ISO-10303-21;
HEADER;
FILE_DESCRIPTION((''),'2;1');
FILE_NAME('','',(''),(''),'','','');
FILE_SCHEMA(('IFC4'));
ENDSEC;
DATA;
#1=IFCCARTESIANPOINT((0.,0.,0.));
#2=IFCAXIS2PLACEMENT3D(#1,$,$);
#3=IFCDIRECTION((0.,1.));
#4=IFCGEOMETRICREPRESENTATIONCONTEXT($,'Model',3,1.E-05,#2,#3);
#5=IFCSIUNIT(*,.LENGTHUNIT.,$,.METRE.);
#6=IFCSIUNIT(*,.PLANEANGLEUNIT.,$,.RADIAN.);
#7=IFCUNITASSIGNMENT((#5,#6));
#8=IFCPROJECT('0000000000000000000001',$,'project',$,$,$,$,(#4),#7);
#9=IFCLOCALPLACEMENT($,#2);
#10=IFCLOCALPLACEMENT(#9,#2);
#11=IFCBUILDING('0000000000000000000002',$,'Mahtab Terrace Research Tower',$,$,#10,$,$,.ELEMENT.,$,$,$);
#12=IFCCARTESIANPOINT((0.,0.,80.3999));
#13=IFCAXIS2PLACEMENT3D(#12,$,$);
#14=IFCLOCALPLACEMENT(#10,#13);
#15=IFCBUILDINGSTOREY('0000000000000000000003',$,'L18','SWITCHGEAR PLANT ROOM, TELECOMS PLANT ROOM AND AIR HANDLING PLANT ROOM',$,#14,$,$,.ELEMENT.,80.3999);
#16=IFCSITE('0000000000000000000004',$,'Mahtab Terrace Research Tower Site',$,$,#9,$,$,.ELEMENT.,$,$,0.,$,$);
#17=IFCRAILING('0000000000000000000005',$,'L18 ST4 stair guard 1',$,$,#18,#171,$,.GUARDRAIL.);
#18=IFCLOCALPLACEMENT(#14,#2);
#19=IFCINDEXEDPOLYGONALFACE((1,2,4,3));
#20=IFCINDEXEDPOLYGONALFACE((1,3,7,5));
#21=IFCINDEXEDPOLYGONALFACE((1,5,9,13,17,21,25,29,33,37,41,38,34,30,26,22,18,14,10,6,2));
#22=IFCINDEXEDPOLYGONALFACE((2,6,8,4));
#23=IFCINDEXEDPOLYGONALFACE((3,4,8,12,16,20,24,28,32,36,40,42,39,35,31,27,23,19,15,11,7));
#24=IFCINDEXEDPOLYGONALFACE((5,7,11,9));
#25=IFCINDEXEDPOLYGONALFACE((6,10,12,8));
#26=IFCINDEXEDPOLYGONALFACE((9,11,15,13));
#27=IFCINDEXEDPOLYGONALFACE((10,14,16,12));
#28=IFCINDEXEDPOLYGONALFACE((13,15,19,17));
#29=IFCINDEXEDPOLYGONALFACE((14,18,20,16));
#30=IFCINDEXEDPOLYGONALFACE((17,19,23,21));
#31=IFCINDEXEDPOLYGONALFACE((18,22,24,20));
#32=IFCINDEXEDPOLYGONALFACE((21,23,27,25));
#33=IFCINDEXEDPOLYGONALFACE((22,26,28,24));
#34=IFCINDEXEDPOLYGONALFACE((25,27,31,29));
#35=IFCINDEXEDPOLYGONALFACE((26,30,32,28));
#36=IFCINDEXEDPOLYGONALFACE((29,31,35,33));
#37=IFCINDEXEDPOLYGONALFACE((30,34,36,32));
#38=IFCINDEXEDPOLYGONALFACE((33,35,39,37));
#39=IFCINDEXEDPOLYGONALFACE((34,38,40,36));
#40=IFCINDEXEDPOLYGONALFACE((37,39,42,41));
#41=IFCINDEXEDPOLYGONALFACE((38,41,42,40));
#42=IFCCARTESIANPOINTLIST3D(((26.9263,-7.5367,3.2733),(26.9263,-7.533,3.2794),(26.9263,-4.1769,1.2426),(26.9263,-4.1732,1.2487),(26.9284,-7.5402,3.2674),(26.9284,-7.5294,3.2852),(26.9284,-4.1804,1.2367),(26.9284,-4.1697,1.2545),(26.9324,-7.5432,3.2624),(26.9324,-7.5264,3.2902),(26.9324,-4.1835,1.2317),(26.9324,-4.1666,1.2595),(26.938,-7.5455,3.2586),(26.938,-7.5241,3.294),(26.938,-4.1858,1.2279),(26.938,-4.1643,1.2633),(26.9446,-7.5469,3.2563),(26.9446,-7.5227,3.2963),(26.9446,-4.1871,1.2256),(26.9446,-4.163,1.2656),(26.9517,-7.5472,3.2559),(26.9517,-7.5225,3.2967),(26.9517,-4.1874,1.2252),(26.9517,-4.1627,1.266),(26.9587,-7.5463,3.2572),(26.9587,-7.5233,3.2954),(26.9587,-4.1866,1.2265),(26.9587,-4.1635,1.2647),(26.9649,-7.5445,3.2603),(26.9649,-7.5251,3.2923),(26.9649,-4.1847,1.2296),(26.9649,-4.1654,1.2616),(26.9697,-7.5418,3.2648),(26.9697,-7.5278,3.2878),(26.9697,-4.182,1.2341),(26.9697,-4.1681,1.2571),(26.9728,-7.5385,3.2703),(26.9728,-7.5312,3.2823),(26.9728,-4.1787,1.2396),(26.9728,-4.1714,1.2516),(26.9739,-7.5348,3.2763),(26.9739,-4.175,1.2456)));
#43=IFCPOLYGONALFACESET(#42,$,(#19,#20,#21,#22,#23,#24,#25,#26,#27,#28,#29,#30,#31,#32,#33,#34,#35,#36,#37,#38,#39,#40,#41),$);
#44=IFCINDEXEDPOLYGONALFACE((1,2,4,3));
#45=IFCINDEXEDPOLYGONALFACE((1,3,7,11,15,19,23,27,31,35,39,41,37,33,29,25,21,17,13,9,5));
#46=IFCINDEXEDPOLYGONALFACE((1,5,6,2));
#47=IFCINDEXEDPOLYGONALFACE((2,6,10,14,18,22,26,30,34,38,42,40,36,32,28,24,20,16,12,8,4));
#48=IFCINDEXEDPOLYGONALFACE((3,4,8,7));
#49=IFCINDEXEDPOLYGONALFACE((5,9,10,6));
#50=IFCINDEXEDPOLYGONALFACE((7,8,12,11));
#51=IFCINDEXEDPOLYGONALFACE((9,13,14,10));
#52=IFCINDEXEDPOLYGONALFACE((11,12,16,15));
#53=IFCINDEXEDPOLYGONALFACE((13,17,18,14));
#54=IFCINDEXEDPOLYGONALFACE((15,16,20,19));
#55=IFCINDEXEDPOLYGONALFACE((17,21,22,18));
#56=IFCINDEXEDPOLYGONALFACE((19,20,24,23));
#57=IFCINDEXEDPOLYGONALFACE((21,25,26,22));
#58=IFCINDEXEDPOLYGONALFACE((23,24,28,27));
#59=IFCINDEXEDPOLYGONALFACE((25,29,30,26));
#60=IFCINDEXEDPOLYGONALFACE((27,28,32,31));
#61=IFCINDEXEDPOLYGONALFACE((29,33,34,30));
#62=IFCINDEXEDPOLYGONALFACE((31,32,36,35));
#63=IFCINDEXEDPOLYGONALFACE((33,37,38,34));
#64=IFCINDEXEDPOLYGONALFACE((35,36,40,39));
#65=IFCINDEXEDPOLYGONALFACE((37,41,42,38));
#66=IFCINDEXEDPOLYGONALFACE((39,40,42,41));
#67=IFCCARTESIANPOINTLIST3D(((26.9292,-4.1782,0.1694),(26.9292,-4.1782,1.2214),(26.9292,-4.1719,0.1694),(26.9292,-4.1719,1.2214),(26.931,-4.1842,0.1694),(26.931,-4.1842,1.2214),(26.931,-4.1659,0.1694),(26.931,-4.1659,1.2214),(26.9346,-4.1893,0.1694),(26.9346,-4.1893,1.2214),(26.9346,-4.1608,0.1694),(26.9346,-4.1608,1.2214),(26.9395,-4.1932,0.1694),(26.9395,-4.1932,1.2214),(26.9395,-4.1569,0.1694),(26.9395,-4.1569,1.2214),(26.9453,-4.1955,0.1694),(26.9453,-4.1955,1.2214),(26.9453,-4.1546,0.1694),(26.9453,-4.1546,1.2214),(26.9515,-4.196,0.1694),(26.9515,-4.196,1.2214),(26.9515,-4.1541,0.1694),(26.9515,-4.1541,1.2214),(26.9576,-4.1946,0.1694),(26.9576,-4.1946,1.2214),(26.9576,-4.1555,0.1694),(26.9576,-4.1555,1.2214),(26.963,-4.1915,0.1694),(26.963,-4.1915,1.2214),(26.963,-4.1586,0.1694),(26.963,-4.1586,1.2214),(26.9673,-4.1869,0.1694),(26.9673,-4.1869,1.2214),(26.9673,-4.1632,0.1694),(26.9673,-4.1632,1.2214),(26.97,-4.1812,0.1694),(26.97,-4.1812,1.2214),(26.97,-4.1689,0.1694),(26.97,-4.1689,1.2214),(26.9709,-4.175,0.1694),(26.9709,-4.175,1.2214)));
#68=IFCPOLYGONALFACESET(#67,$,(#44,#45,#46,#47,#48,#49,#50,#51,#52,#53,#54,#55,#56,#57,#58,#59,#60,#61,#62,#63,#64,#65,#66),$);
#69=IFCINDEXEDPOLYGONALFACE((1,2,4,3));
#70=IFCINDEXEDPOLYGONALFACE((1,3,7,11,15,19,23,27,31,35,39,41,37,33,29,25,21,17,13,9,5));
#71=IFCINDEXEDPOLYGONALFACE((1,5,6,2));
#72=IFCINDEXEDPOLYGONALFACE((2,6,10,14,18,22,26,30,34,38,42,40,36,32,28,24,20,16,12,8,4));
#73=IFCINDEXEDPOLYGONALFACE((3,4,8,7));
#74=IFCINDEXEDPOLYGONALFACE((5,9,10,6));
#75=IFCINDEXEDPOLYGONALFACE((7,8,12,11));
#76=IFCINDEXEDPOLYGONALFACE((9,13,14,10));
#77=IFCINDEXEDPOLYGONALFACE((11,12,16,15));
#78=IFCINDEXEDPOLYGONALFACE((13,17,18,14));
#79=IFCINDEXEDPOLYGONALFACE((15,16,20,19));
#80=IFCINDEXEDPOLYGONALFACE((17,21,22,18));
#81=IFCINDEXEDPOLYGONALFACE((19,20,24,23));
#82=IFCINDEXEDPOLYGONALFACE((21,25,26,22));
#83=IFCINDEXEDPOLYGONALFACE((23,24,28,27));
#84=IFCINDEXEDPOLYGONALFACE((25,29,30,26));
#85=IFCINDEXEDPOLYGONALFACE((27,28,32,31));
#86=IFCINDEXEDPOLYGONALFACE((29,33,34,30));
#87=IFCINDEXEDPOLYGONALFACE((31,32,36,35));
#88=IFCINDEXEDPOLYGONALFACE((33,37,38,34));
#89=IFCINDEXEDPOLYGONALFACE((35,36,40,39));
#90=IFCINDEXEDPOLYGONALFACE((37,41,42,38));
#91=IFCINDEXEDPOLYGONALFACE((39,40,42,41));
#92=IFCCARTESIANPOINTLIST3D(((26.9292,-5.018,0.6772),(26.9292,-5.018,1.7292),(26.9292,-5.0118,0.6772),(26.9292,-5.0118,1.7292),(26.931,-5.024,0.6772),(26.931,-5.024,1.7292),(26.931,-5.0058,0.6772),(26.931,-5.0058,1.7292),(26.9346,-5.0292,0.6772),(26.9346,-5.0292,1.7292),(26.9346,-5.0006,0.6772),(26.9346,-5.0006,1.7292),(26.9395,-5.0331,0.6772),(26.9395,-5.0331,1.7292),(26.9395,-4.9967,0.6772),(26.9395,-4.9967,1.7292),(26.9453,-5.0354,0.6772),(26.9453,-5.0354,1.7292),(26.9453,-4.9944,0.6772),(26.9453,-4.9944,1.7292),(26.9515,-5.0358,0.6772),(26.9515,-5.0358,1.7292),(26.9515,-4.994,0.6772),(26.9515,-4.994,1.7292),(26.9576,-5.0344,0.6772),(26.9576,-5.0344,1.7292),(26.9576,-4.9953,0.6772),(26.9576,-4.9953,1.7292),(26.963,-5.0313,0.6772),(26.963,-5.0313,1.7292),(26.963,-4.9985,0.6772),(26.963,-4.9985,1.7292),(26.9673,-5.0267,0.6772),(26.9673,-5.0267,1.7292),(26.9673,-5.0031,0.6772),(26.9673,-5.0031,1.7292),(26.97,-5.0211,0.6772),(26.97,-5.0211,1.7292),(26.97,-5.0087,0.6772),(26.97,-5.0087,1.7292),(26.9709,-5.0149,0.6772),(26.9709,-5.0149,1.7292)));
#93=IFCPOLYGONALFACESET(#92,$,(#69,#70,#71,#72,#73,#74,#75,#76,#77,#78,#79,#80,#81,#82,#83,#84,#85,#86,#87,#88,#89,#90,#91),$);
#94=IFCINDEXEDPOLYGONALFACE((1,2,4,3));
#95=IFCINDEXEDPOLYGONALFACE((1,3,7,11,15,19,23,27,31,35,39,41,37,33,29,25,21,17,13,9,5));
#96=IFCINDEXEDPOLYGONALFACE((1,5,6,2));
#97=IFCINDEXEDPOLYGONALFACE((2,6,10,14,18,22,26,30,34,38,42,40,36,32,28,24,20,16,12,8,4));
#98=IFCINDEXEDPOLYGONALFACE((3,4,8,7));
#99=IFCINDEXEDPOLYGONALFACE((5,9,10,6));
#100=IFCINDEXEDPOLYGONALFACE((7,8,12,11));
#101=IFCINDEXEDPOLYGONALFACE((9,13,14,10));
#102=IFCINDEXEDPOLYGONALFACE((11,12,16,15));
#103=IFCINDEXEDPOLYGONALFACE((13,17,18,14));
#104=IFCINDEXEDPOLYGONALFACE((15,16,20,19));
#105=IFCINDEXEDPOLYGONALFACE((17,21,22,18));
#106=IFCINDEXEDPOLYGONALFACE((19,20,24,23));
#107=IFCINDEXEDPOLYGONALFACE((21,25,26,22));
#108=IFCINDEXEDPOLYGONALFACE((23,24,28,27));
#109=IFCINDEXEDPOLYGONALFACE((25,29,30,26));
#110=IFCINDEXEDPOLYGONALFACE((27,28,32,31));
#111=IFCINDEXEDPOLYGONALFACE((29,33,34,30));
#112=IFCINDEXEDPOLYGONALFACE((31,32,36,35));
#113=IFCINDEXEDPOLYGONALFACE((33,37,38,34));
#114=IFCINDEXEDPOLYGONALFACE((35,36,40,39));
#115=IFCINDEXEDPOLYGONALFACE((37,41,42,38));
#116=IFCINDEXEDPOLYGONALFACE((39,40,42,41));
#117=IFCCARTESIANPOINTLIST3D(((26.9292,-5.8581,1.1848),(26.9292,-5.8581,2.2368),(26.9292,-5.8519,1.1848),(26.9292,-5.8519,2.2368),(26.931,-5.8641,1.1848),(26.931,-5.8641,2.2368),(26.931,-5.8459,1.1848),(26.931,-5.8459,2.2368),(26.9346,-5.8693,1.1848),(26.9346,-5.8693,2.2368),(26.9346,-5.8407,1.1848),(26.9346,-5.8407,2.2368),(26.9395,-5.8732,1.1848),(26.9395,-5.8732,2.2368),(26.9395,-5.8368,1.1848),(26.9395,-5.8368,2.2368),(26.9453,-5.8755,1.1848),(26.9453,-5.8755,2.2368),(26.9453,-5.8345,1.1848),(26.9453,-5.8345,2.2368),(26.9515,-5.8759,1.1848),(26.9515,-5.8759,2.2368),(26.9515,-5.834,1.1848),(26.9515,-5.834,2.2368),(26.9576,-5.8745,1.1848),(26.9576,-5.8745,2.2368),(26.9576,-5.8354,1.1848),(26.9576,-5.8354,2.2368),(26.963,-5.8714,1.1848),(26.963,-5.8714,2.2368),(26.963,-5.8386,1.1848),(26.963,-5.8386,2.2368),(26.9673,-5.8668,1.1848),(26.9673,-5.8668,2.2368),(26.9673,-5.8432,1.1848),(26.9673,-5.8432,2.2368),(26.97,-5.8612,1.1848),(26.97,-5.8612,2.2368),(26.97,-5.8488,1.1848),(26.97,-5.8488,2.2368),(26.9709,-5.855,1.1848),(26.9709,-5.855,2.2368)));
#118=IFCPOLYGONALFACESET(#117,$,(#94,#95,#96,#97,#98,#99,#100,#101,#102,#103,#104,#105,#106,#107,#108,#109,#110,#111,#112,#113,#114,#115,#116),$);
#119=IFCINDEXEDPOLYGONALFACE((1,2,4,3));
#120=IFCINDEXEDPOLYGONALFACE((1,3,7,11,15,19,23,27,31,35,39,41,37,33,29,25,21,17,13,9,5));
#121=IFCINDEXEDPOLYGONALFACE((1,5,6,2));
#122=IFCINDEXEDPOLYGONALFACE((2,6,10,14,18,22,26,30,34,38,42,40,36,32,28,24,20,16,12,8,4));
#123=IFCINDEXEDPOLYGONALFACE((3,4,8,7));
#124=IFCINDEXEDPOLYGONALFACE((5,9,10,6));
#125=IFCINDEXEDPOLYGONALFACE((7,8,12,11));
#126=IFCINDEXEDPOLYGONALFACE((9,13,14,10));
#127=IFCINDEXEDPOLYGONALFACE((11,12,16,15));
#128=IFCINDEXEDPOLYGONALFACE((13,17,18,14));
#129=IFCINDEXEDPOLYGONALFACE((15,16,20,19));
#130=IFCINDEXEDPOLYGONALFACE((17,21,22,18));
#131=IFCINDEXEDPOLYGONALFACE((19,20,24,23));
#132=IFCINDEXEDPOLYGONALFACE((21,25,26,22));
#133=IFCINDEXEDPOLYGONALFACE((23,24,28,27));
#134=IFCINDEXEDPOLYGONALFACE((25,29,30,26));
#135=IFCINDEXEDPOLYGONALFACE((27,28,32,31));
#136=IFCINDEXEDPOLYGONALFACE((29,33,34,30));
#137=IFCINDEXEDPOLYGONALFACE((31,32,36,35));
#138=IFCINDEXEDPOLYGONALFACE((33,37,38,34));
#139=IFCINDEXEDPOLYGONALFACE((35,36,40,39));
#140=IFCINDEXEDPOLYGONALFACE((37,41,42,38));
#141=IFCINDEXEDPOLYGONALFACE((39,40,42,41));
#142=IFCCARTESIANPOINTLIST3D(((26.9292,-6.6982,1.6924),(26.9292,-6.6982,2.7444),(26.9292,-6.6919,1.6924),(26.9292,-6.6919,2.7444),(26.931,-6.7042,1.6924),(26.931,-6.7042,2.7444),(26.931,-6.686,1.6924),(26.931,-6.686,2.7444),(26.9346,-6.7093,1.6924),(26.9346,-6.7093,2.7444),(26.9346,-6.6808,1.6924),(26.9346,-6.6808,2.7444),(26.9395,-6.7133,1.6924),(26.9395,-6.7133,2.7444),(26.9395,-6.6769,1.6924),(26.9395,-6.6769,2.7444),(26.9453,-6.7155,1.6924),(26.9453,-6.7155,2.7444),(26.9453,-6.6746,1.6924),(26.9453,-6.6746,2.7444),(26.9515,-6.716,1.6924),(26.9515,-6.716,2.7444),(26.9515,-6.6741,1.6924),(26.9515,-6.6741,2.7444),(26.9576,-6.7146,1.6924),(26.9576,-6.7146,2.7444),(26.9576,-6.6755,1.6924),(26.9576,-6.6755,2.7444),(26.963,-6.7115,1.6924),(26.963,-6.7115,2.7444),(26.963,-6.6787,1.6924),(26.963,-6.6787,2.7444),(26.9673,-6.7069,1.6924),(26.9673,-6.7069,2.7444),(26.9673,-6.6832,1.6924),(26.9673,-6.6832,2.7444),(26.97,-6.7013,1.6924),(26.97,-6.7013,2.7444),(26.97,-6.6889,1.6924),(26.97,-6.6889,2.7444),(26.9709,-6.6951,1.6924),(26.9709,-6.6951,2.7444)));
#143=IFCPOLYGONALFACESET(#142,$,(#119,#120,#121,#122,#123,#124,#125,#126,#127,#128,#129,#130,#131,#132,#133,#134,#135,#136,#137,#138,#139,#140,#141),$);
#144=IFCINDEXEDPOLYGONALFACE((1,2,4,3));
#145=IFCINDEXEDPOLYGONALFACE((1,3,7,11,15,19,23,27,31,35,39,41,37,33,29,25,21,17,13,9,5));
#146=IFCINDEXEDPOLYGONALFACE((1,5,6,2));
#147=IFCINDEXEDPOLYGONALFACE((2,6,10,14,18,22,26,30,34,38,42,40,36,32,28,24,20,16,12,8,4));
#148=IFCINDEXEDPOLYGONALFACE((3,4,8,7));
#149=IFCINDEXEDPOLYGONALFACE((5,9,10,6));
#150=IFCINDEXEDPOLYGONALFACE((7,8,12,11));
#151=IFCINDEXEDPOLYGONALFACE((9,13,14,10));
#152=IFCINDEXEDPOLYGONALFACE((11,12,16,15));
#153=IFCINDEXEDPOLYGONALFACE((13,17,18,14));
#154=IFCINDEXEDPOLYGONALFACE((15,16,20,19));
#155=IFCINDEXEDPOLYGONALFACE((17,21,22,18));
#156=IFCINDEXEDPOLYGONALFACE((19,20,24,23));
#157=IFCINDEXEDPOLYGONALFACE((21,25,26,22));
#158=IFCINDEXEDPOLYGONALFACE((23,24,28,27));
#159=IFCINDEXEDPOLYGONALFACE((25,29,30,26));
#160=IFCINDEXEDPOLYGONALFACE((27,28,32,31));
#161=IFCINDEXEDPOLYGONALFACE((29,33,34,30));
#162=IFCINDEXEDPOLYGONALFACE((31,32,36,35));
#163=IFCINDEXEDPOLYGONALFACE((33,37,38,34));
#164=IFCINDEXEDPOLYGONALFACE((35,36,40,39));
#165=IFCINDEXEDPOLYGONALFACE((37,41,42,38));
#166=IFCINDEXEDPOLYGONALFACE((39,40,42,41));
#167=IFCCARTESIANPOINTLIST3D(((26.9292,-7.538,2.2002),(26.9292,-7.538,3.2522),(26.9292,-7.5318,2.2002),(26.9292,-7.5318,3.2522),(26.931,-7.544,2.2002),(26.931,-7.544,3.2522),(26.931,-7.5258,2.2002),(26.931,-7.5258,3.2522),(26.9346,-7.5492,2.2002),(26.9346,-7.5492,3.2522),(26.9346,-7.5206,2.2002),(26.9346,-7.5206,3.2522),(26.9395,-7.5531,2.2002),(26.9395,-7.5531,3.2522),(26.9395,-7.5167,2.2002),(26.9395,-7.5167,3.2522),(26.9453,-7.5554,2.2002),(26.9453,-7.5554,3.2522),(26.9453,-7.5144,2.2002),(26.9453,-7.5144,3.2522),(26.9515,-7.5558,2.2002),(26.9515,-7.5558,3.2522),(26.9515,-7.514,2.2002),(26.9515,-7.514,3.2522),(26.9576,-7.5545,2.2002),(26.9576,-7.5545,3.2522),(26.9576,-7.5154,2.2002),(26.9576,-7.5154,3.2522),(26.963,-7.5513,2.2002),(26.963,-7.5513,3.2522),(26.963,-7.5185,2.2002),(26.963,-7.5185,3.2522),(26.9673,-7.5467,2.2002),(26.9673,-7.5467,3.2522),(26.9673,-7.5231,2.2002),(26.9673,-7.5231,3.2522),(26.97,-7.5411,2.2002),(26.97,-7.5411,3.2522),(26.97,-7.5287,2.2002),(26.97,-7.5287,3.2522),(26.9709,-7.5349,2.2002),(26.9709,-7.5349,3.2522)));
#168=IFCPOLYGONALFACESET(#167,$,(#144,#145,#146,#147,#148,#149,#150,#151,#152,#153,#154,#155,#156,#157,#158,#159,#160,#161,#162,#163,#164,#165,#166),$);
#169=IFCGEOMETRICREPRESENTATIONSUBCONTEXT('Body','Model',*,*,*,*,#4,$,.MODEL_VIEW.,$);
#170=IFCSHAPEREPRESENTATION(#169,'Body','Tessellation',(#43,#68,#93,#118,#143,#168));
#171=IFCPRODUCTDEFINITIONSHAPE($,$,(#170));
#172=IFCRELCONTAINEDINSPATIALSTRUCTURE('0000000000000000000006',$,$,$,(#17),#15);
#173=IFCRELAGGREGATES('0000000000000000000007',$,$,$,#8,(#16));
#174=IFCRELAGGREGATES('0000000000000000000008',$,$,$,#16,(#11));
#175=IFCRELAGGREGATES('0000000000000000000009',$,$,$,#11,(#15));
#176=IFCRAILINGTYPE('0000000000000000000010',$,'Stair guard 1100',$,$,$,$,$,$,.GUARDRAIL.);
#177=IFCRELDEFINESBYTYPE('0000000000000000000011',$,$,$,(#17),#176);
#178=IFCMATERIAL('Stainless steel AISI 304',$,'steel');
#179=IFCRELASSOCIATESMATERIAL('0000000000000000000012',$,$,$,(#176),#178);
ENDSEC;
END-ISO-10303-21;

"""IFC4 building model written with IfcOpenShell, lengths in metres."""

from ifc_helpers import new_model, si_unit, direction, frame, origin, origin_2d, place, context, subcontext, project, spatial, circle, extrude, material, type_object, element, save


model = new_model("IFC4")

# Units and contexts
model_context = context("Model", 3, precision=1e-05, world=origin(), true_north=direction((0.0, 1.0)))
body_context = subcontext(model_context, "Body", "Model", "MODEL_VIEW")
ifc_project = project(units=[si_unit("LENGTHUNIT", "METRE"), si_unit("PLANEANGLEUNIT", "RADIAN")], contexts=[model_context])

# Site, building, storey
site_placement = place(None, origin())
site = spatial("IfcSite", under=ifc_project, at=site_placement, Name="Mahtab Terrace Research Tower Site", CompositionType="ELEMENT", RefElevation=0.0)
building_placement = place(site_placement, origin())
building = spatial("IfcBuilding", under=site, at=building_placement, Name="Mahtab Terrace Research Tower", CompositionType="ELEMENT")
storey_placement = place(building_placement, frame((0.0, 0.0, 80.3999)))
storey = spatial("IfcBuildingStorey", under=building, at=storey_placement, Name="L18", Description="SWITCHGEAR PLANT ROOM, TELECOMS PLANT ROOM AND AIR HANDLING PLANT ROOM", CompositionType="ELEMENT", Elevation=80.3999)

# Shared definitions
ifc_material_1 = material(Name="Stainless steel AISI 304", Category="steel")

# Railing
railing_type_1 = type_object("IfcRailingType", Name="Stair guard 1100", PredefinedType="GUARDRAIL", material=ifc_material_1)
railing_1_placement = place(storey_placement, frame((26.95, -4.175, 0.1694)))
element("IfcRailing", 1, at=railing_1_placement, inside=storey, type_object=railing_type_1, Name="L18 ST4 stair guard 1", PredefinedType="GUARDRAIL", context=body_context, shape_type="SweptSolid", body=[
    extrude(circle(Radius=0.0239, at=origin_2d()), frame((0.0, 0.0, 1.0762), z_axis=(0.0, -0.85582, 0.517273), x_axis=(1.0, 0.0, 0.0)), (0.0, 0.0, 1.0), 3.9258),
    extrude(circle(Radius=0.021, at=origin_2d()), origin(), (0.0, 0.0, 1.0), 1.052),
    extrude(circle(Radius=0.021, at=origin_2d()), frame((0.0, -0.8398, 0.5078)), (0.0, 0.0, 1.0), 1.052),
    extrude(circle(Radius=0.021, at=origin_2d()), frame((0.0, -1.6799, 1.0154)), (0.0, 0.0, 1.0), 1.052),
    extrude(circle(Radius=0.021, at=origin_2d()), frame((0.0, -2.52, 1.5229)), (0.0, 0.0, 1.0), 1.052),
    extrude(circle(Radius=0.021, at=origin_2d()), frame((0.0, -3.3599, 2.0308)), (0.0, 0.0, 1.0), 1.052),
])

save(model, "model.ifc")
